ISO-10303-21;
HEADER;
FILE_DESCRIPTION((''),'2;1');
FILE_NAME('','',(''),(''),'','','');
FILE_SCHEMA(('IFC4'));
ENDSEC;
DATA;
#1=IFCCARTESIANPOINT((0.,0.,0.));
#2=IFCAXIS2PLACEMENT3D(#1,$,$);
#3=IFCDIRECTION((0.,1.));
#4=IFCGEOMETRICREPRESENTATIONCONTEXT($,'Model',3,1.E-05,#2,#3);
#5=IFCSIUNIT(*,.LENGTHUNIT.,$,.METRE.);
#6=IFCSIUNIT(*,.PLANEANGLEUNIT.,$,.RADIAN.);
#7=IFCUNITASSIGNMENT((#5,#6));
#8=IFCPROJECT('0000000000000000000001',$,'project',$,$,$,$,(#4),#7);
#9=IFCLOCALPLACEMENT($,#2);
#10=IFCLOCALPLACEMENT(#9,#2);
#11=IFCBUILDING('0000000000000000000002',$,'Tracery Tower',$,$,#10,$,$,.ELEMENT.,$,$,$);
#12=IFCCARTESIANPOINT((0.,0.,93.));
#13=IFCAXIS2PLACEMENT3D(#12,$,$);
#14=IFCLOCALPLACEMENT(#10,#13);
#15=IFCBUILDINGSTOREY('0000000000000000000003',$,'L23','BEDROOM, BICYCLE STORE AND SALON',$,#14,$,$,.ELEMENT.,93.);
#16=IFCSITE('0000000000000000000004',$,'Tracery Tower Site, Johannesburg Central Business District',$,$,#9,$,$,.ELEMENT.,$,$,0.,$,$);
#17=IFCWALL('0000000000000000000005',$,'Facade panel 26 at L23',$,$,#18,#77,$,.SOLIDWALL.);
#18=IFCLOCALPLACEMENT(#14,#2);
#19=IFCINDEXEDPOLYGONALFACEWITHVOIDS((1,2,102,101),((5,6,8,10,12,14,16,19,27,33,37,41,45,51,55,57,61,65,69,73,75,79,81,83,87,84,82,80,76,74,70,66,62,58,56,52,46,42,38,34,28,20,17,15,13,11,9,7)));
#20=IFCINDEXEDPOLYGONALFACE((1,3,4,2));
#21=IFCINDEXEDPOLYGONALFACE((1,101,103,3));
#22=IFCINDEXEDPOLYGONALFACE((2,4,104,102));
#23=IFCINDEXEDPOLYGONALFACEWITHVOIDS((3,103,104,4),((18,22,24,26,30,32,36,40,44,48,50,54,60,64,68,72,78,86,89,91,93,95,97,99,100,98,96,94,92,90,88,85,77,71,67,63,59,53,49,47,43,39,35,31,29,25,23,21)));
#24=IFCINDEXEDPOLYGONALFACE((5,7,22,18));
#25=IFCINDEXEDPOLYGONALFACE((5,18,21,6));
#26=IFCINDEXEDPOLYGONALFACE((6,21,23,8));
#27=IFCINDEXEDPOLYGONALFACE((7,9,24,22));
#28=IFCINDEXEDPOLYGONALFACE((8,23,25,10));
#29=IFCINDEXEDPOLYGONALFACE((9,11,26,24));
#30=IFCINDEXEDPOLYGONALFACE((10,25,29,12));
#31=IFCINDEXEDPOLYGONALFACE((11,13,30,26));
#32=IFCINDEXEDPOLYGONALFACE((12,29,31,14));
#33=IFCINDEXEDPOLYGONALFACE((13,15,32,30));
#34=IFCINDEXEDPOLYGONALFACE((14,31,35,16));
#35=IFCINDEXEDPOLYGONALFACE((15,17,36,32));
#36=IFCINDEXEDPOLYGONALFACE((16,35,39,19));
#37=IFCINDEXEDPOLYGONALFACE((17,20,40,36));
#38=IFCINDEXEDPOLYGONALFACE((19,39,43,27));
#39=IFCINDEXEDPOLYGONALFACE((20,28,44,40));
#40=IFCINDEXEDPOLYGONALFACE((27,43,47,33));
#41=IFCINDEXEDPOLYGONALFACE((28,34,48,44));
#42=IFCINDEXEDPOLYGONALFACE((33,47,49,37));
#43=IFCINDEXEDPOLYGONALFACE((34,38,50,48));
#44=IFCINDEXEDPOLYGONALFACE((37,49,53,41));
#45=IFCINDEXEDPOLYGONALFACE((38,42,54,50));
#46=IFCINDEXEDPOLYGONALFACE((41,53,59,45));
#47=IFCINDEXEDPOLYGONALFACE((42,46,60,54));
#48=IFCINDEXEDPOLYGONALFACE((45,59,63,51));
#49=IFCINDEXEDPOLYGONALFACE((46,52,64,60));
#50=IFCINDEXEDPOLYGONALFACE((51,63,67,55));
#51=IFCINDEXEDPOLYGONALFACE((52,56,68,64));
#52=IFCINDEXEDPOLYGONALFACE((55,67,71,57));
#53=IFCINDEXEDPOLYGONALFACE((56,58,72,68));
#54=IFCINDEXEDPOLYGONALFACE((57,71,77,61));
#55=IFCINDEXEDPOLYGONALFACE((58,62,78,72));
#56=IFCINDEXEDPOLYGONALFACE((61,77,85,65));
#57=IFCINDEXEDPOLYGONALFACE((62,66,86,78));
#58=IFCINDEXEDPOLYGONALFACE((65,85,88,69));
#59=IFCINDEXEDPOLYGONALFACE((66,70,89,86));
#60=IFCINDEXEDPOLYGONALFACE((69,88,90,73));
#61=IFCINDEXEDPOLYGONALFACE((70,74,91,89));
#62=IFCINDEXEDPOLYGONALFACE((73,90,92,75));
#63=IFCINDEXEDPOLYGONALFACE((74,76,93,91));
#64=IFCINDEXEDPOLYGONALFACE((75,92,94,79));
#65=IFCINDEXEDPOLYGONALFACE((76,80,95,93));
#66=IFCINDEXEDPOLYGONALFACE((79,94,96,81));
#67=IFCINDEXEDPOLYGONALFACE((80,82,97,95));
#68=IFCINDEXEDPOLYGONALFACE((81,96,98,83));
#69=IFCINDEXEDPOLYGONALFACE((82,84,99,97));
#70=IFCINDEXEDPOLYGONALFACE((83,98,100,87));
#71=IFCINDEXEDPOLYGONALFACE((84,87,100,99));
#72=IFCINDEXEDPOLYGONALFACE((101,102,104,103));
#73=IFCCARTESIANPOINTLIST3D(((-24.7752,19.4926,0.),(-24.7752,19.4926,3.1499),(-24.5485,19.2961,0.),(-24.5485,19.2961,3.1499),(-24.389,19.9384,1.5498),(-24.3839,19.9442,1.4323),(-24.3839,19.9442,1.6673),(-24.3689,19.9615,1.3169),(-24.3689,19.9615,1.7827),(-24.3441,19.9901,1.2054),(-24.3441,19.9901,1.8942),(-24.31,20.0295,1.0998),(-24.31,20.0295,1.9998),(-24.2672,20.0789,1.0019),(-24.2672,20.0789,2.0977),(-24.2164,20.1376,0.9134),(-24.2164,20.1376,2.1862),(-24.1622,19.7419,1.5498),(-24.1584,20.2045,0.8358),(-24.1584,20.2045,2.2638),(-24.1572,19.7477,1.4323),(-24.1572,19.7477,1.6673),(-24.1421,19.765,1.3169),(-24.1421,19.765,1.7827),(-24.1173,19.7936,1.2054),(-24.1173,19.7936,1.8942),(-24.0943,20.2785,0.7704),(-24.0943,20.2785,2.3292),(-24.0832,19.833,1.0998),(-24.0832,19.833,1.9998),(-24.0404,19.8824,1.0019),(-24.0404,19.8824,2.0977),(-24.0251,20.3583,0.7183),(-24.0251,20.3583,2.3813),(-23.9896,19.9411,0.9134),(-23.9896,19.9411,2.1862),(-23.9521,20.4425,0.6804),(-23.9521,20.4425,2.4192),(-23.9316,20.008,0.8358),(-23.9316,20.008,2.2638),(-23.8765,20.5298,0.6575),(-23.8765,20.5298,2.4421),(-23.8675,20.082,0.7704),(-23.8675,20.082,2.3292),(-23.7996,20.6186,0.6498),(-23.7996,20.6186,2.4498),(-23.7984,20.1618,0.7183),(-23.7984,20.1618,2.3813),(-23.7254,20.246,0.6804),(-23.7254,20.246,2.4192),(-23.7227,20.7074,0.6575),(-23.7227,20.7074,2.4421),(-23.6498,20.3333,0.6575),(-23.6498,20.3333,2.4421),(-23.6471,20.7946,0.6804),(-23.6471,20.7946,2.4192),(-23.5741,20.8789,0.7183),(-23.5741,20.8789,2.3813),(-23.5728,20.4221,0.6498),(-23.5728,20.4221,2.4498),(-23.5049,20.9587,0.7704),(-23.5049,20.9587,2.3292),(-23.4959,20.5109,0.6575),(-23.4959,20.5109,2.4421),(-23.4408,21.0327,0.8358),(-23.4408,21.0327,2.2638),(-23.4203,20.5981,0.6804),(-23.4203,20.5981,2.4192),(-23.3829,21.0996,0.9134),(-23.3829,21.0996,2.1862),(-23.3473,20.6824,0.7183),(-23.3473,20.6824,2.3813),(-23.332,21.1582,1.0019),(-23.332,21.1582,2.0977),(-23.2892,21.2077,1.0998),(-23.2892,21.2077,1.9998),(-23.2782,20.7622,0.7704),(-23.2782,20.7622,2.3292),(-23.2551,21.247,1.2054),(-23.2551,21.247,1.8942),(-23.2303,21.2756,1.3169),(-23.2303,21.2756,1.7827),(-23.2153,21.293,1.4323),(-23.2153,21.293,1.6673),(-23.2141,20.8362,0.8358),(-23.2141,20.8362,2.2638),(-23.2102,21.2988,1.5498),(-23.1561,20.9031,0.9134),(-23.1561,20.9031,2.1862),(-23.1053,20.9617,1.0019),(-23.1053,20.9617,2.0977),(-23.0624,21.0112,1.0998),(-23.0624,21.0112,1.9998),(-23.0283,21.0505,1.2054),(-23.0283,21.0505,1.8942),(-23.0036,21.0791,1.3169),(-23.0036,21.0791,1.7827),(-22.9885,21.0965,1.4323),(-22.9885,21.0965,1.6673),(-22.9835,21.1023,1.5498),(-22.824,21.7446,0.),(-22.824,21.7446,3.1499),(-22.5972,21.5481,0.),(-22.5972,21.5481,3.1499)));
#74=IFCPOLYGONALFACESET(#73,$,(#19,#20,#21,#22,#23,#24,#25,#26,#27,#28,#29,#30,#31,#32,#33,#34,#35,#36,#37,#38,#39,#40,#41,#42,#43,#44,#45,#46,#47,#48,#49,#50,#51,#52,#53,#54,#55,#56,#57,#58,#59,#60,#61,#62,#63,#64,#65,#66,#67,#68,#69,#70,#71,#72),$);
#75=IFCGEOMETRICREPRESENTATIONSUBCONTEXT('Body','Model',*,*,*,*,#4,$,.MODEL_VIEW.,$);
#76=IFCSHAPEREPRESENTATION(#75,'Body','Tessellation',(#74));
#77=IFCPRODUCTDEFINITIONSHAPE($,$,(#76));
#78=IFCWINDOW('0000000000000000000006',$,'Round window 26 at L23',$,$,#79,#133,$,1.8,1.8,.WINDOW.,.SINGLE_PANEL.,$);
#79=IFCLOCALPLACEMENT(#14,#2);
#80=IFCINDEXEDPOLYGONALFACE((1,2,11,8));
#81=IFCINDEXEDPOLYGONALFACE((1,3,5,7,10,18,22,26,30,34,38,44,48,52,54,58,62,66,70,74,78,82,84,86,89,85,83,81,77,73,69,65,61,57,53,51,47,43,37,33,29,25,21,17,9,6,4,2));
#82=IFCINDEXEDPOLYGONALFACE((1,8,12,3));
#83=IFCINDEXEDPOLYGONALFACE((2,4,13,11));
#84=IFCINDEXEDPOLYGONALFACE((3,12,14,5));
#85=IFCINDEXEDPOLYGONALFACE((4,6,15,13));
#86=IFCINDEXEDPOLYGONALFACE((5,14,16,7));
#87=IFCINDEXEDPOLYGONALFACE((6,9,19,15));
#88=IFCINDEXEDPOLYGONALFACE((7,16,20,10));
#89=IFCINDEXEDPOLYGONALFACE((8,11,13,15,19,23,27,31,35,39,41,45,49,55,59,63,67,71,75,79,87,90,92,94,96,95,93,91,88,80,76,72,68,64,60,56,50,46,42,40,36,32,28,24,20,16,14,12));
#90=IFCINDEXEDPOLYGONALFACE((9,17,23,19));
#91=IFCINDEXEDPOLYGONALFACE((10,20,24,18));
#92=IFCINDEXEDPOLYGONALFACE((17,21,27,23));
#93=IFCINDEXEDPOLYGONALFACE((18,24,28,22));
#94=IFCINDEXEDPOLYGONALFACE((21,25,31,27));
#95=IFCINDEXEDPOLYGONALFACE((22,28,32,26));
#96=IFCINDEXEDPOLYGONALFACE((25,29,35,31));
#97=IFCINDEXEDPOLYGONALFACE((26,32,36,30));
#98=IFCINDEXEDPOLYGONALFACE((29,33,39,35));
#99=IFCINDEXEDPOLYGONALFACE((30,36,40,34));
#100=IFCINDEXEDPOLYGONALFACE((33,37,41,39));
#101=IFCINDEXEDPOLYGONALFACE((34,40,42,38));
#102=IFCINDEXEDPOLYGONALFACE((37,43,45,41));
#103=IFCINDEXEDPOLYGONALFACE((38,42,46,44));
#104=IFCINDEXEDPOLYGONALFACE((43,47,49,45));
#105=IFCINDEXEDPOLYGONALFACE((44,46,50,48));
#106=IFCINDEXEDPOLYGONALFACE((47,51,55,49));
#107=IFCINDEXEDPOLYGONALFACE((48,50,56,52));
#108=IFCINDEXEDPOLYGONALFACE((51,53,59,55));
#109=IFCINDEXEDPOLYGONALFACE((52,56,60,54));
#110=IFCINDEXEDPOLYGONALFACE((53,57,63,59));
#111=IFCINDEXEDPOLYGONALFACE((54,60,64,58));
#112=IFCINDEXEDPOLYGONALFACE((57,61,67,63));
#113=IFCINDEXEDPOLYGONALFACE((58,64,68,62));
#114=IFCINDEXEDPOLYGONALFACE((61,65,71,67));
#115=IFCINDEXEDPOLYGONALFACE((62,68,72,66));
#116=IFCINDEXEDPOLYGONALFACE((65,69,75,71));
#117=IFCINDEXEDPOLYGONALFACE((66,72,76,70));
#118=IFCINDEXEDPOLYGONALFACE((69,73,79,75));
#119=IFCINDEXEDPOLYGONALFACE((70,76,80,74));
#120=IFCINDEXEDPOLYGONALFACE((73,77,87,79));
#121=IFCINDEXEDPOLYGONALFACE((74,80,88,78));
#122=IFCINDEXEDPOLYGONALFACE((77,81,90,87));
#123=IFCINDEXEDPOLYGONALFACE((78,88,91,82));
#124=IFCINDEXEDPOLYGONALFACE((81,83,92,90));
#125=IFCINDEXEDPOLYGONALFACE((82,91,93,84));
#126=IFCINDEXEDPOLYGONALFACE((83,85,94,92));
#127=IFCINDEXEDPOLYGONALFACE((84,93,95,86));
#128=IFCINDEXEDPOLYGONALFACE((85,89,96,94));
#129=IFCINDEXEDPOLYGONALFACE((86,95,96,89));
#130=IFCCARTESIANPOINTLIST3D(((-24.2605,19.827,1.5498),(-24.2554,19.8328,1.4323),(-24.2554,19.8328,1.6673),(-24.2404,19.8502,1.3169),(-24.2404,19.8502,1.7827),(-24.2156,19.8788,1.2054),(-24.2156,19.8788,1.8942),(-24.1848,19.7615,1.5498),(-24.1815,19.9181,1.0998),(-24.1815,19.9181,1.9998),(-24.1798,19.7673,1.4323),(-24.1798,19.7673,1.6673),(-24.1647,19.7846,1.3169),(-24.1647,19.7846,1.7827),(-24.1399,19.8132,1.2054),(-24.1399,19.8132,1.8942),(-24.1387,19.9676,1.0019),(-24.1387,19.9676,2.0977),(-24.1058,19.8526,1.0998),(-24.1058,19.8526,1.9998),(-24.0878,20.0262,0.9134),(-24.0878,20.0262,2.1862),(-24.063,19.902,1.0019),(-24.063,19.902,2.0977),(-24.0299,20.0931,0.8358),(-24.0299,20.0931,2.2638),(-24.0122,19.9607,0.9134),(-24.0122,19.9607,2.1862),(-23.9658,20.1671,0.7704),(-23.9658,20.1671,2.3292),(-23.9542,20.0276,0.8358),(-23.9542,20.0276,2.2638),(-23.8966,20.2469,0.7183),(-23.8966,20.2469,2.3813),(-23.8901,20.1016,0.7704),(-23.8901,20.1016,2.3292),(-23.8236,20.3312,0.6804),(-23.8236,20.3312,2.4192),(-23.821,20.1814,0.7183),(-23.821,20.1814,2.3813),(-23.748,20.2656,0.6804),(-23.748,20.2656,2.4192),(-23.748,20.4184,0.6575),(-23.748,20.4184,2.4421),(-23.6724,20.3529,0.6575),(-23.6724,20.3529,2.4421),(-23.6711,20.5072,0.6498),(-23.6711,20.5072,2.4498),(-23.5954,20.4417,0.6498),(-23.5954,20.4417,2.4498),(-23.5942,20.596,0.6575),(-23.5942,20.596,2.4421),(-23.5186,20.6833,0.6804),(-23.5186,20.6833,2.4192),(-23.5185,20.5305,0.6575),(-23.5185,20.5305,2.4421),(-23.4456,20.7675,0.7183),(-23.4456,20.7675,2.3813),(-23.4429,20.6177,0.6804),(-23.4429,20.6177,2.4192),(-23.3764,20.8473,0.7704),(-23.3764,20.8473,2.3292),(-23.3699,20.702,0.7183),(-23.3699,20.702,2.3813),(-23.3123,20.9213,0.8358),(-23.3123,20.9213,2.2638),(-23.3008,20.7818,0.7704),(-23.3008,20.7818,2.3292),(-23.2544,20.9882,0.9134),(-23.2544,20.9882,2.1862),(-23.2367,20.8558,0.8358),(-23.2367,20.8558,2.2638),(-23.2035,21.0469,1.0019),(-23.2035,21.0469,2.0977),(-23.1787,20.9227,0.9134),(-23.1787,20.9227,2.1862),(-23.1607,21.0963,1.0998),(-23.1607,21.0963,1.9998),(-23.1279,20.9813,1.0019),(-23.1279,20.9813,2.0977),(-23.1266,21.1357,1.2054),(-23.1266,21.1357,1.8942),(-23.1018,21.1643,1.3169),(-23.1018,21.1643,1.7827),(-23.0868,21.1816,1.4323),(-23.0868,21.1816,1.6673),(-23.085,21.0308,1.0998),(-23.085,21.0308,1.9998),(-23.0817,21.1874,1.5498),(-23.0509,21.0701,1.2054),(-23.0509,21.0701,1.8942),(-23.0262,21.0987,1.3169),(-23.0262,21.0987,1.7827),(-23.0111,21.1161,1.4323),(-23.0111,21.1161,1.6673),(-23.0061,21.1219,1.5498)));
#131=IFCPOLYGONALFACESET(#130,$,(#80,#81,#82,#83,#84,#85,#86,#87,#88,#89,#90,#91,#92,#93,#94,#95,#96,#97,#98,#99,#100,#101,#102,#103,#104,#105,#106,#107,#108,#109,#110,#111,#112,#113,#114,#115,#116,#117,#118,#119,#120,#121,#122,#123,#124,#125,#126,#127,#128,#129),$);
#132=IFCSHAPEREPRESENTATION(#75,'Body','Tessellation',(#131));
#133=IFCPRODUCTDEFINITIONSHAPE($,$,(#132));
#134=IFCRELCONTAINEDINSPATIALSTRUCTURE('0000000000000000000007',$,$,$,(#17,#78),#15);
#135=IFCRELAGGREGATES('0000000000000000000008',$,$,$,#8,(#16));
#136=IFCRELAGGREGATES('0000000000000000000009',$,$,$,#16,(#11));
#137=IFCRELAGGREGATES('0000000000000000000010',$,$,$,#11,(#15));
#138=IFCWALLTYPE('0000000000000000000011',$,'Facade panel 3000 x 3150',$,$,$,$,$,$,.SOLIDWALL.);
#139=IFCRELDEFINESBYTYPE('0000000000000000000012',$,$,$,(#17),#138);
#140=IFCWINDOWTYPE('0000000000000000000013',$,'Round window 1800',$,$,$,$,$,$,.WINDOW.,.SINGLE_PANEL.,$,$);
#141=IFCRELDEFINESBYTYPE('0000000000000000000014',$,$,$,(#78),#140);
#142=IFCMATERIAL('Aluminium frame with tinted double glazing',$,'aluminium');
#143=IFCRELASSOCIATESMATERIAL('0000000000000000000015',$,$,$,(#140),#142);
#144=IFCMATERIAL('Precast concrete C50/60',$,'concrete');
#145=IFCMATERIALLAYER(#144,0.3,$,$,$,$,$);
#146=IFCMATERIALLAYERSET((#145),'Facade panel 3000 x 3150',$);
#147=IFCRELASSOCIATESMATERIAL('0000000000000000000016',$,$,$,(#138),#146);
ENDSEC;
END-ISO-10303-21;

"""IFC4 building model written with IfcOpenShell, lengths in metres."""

from ifc_helpers import new_model, si_unit, direction, frame, frame_2d, origin, origin_2d, place, context, subcontext, project, spatial, rectangle, circle, extrude, material, layer, layer_set, type_object, element, fill, save


model = new_model("IFC4")

# Units and contexts
model_context = context("Model", 3, precision=1e-05, world=origin(), true_north=direction((0.0, 1.0)))
body_context = subcontext(model_context, "Body", "Model", "MODEL_VIEW")
ifc_project = project(units=[si_unit("LENGTHUNIT", "METRE"), si_unit("PLANEANGLEUNIT", "RADIAN")], contexts=[model_context])

# Site, building, storey
site_placement = place(None, origin())
site = spatial("IfcSite", under=ifc_project, at=site_placement, Name="Tracery Tower Site, Johannesburg Central Business District", CompositionType="ELEMENT", RefElevation=0.0)
building_placement = place(site_placement, origin())
building = spatial("IfcBuilding", under=site, at=building_placement, Name="Tracery Tower", CompositionType="ELEMENT")
storey_placement = place(building_placement, frame((0.0, 0.0, 93.0)))
storey = spatial("IfcBuildingStorey", under=building, at=storey_placement, Name="L23", Description="BEDROOM, BICYCLE STORE AND SALON", CompositionType="ELEMENT", Elevation=93.0)

# Wall, opening, window
ifc_material_1 = material(Name="Aluminium frame with tinted double glazing", Category="aluminium")
window_type = type_object("IfcWindowType", Name="Round window 1800", PartitioningType="SINGLE_PANEL", PredefinedType="WINDOW", material=ifc_material_1)
ifc_material_2 = material(Name="Precast concrete C50/60", Category="concrete")
ifc_layer_1 = layer(ifc_material_2, 0.3)
ifc_layer_set_1 = layer_set([ifc_layer_1], Name="Facade panel 3000 x 3150")
wall_type_1 = type_object("IfcWallType", Name="Facade panel 3000 x 3150", PredefinedType="SOLIDWALL", material=ifc_layer_set_1)
wall_1_placement = place(storey_placement, frame((-22.7107, 21.6462, 0.0), z_axis=(0.0, 0.0, 1.0), x_axis=(-0.654831, -0.755776, 0.0)))
wall_1 = element("IfcWall", 1, at=wall_1_placement, inside=storey, type_object=wall_type_1, Name="Facade panel 26 at L23", PredefinedType="SOLIDWALL", context=body_context, shape_type="SweptSolid", body=[
    extrude(rectangle(XDim=2.9797, YDim=0.3, at=frame_2d((1.4897, 0.0))), origin(), (0.0, 0.0, 1.0), 3.1499),
])
opening_1_placement = place(wall_1_placement, frame((1.4897, 0.0, 1.5498)))
opening_1 = element("IfcOpeningElement", 2, at=opening_1_placement, cuts=wall_1, PredefinedType="OPENING", context=body_context, shape_type="SweptSolid", body=[
    extrude(circle(Radius=0.9, at=origin_2d()), frame((0.0, 0.1599, 0.0), z_axis=(0.0, -1.0, 0.0), x_axis=(1.0, 0.0, 0.0)), (0.0, 0.0, 1.0), 0.3201),
])
window_1_placement = place(opening_1_placement, origin())
window_1 = element("IfcWindow", 3, at=window_1_placement, inside=storey, type_object=window_type, Name="Round window 26 at L23", OverallHeight=1.8, OverallWidth=1.8, PartitioningType="SINGLE_PANEL", PredefinedType="WINDOW", context=body_context, shape_type="SweptSolid", body=[
    extrude(circle(Radius=0.9, at=origin_2d()), frame((0.0, 0.1201, 0.0), z_axis=(0.0, -1.0, 0.0), x_axis=(1.0, 0.0, 0.0)), (0.0, 0.0, 1.0), 0.1001),
])
fill(opening_1, window_1)

save(model, "model.ifc")
